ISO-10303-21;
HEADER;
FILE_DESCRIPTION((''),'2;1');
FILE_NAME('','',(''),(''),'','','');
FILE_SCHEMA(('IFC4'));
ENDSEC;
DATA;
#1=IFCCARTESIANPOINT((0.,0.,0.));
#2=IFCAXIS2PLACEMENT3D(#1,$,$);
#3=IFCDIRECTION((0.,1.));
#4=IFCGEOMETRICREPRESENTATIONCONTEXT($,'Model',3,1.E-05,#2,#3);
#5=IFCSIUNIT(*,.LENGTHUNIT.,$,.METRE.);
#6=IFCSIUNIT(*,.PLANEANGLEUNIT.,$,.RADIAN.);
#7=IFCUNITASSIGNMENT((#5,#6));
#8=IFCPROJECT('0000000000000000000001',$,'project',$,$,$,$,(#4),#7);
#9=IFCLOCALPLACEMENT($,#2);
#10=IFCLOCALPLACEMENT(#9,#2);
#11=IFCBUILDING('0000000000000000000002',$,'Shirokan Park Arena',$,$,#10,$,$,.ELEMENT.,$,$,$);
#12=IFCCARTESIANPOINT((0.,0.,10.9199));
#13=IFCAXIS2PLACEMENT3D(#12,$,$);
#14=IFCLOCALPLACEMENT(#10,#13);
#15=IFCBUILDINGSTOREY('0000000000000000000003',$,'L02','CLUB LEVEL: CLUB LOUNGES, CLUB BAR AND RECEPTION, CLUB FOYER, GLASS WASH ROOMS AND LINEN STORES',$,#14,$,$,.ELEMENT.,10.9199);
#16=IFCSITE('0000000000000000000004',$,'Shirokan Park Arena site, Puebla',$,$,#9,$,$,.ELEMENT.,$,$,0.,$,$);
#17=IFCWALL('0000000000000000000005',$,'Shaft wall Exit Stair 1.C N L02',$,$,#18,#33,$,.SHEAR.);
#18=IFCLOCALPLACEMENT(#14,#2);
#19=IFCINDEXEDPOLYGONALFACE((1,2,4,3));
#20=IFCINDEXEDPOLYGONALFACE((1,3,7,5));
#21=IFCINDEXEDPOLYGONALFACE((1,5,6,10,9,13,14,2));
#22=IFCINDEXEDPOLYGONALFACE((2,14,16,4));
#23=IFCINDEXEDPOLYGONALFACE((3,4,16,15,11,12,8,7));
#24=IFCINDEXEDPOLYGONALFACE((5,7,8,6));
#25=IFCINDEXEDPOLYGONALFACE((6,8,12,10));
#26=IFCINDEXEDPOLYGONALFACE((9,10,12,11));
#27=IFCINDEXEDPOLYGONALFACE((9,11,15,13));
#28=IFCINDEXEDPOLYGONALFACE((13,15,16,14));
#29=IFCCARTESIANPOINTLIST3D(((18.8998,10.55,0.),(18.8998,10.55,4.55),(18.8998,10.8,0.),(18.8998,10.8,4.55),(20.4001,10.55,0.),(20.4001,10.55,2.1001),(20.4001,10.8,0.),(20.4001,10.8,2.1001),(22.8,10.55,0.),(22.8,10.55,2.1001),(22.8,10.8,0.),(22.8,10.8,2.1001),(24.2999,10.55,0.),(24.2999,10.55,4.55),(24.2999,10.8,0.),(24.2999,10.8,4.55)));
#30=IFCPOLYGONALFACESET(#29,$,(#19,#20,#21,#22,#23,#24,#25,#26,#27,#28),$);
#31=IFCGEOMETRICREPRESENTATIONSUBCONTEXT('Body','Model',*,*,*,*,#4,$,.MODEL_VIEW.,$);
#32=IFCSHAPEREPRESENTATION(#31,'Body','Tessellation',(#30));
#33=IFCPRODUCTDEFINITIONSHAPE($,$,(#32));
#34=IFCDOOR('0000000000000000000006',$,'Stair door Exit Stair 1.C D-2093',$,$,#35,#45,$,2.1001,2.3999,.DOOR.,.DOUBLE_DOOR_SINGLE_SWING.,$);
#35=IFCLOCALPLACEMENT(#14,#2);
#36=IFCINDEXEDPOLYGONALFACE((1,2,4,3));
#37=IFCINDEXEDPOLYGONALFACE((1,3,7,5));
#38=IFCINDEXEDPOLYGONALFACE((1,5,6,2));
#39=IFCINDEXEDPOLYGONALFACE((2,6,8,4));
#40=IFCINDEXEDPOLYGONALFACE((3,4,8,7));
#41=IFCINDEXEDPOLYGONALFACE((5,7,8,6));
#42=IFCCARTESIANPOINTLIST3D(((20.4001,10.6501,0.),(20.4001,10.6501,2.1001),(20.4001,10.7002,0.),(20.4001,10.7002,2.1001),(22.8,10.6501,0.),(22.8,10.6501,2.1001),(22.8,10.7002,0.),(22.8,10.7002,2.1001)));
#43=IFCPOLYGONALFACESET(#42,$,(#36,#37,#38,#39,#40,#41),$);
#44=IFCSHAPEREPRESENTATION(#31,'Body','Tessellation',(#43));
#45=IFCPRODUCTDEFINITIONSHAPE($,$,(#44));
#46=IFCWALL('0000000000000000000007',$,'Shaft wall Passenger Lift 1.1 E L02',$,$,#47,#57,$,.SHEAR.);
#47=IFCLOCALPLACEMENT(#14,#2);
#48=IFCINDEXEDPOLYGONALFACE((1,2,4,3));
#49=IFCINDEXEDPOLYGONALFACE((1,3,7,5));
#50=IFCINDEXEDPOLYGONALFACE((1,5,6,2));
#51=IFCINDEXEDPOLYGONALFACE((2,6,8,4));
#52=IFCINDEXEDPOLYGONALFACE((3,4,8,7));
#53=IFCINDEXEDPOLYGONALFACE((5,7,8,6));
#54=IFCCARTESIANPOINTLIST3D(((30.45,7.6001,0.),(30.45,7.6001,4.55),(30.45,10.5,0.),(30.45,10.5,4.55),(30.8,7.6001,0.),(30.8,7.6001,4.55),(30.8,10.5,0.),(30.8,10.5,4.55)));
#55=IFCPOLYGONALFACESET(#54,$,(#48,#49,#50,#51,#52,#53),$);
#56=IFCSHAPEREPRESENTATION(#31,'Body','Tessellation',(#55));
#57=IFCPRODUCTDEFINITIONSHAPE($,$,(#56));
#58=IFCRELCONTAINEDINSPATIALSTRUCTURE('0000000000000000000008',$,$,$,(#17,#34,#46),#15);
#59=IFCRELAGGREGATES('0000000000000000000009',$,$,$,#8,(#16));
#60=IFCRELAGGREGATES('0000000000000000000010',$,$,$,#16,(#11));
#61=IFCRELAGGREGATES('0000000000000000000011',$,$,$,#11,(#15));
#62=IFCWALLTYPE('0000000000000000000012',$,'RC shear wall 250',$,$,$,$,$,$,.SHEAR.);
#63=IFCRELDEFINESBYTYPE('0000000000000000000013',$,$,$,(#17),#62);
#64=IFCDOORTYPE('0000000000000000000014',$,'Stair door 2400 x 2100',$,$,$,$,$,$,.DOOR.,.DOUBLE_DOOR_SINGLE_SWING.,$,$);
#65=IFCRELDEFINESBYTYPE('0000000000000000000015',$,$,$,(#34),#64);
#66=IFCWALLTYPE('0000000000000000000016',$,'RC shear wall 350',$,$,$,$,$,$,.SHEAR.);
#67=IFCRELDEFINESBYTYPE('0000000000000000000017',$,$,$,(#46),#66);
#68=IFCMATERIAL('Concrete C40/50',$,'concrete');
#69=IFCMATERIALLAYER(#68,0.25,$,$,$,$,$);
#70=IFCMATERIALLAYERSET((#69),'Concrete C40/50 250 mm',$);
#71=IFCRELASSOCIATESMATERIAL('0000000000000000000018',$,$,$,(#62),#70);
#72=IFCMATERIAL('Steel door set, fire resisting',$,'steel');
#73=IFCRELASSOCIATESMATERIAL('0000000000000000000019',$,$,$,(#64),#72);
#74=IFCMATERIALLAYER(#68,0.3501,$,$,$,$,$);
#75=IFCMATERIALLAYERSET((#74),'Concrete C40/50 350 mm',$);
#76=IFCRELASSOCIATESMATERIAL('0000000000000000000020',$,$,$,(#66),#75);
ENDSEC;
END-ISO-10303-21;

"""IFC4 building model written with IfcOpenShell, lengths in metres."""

from ifc_helpers import new_model, si_unit, direction, frame, frame_2d, origin, place, context, subcontext, project, spatial, rectangle, extrude, material, layer, layer_set, type_object, element, fill, save


model = new_model("IFC4")

# Units and contexts
model_context = context("Model", 3, precision=1e-05, world=origin(), true_north=direction((0.0, 1.0)))
body_context = subcontext(model_context, "Body", "Model", "MODEL_VIEW")
ifc_project = project(units=[si_unit("LENGTHUNIT", "METRE"), si_unit("PLANEANGLEUNIT", "RADIAN")], contexts=[model_context])

# Site, building, storey
site_placement = place(None, origin())
site = spatial("IfcSite", under=ifc_project, at=site_placement, Name="Shirokan Park Arena site, Puebla", CompositionType="ELEMENT", RefElevation=0.0)
building_placement = place(site_placement, origin())
building = spatial("IfcBuilding", under=site, at=building_placement, Name="Shirokan Park Arena", CompositionType="ELEMENT")
storey_placement = place(building_placement, frame((0.0, 0.0, 10.9199)))
storey = spatial("IfcBuildingStorey", under=building, at=storey_placement, Name="L02", Description="CLUB LEVEL: CLUB LOUNGES, CLUB BAR AND RECEPTION, CLUB FOYER, GLASS WASH ROOMS AND LINEN STORES", CompositionType="ELEMENT", Elevation=10.9199)

# Shared definitions
ifc_material_1 = material(Name="Concrete C40/50", Category="concrete")
ifc_layer_1 = layer(ifc_material_1, 0.25)
ifc_layer_set_1 = layer_set([ifc_layer_1], Name="Concrete C40/50 250 mm")
wall_type_1 = type_object("IfcWallType", Name="RC shear wall 250", PredefinedType="SHEAR", material=ifc_layer_set_1)

# Wall, opening, door
wall_1_placement = place(storey_placement, frame((24.3, 10.675, 0.0), z_axis=(0.0, 0.0, 1.0), x_axis=(-1.0, 0.0, 0.0)))
wall_1 = element("IfcWall", 1, at=wall_1_placement, inside=storey, type_object=wall_type_1, Name="Shaft wall Exit Stair 1.C N L02", PredefinedType="SHEAR", context=body_context, shape_type="SweptSolid", body=[
    extrude(rectangle(XDim=5.4001, YDim=0.25, at=frame_2d((2.7002, 0.0))), origin(), (0.0, 0.0, 1.0), 4.55),
])
opening_1_placement = place(wall_1_placement, frame((1.5, 0.0, 0.0)))
opening_1 = element("IfcOpeningElement", 2, at=opening_1_placement, cuts=wall_1, PredefinedType="OPENING", context=body_context, shape_type="SweptSolid", body=[
    extrude(rectangle(XDim=2.3999, YDim=2.1001, at=frame_2d((1.2, 1.05))), frame((0.0, 0.135, 0.0), z_axis=(0.0, -1.0, 0.0), x_axis=(1.0, 0.0, 0.0)), (0.0, 0.0, 1.0), 0.27),
])
ifc_material_2 = material(Name="Steel door set, fire resisting", Category="steel")
door_type_1 = type_object("IfcDoorType", Name="Stair door 2400 x 2100", OperationType="DOUBLE_DOOR_SINGLE_SWING", PredefinedType="DOOR", material=ifc_material_2)
door_1_placement = place(opening_1_placement, origin())
door_1 = element("IfcDoor", 3, at=door_1_placement, inside=storey, type_object=door_type_1, Name="Stair door Exit Stair 1.C D-2093", OperationType="DOUBLE_DOOR_SINGLE_SWING", OverallHeight=2.1001, OverallWidth=2.3999, PredefinedType="DOOR", context=body_context, shape_type="SweptSolid", body=[
    extrude(rectangle(XDim=2.3999, YDim=2.1001, at=frame_2d((1.2, 1.05))), frame((0.0, 0.0249, 0.0), z_axis=(0.0, -1.0, 0.0), x_axis=(1.0, 0.0, 0.0)), (0.0, 0.0, 1.0), 0.05),
])
fill(opening_1, door_1)

# Wall
ifc_layer_2 = layer(ifc_material_1, 0.3501)
ifc_layer_set_2 = layer_set([ifc_layer_2], Name="Concrete C40/50 350 mm")
wall_type_2 = type_object("IfcWallType", Name="RC shear wall 350", PredefinedType="SHEAR", material=ifc_layer_set_2)
wall_2_placement = place(storey_placement, frame((30.625, 10.5, 0.0), z_axis=(0.0, 0.0, 1.0), x_axis=(0.0, -1.0, 0.0)))
element("IfcWall", 4, at=wall_2_placement, inside=storey, type_object=wall_type_2, Name="Shaft wall Passenger Lift 1.1 E L02", PredefinedType="SHEAR", context=body_context, shape_type="SweptSolid", body=[
    extrude(rectangle(XDim=2.8999, YDim=0.3501, at=frame_2d((1.45, 0.0))), origin(), (0.0, 0.0, 1.0), 4.55),
])

save(model, "model.ifc")
